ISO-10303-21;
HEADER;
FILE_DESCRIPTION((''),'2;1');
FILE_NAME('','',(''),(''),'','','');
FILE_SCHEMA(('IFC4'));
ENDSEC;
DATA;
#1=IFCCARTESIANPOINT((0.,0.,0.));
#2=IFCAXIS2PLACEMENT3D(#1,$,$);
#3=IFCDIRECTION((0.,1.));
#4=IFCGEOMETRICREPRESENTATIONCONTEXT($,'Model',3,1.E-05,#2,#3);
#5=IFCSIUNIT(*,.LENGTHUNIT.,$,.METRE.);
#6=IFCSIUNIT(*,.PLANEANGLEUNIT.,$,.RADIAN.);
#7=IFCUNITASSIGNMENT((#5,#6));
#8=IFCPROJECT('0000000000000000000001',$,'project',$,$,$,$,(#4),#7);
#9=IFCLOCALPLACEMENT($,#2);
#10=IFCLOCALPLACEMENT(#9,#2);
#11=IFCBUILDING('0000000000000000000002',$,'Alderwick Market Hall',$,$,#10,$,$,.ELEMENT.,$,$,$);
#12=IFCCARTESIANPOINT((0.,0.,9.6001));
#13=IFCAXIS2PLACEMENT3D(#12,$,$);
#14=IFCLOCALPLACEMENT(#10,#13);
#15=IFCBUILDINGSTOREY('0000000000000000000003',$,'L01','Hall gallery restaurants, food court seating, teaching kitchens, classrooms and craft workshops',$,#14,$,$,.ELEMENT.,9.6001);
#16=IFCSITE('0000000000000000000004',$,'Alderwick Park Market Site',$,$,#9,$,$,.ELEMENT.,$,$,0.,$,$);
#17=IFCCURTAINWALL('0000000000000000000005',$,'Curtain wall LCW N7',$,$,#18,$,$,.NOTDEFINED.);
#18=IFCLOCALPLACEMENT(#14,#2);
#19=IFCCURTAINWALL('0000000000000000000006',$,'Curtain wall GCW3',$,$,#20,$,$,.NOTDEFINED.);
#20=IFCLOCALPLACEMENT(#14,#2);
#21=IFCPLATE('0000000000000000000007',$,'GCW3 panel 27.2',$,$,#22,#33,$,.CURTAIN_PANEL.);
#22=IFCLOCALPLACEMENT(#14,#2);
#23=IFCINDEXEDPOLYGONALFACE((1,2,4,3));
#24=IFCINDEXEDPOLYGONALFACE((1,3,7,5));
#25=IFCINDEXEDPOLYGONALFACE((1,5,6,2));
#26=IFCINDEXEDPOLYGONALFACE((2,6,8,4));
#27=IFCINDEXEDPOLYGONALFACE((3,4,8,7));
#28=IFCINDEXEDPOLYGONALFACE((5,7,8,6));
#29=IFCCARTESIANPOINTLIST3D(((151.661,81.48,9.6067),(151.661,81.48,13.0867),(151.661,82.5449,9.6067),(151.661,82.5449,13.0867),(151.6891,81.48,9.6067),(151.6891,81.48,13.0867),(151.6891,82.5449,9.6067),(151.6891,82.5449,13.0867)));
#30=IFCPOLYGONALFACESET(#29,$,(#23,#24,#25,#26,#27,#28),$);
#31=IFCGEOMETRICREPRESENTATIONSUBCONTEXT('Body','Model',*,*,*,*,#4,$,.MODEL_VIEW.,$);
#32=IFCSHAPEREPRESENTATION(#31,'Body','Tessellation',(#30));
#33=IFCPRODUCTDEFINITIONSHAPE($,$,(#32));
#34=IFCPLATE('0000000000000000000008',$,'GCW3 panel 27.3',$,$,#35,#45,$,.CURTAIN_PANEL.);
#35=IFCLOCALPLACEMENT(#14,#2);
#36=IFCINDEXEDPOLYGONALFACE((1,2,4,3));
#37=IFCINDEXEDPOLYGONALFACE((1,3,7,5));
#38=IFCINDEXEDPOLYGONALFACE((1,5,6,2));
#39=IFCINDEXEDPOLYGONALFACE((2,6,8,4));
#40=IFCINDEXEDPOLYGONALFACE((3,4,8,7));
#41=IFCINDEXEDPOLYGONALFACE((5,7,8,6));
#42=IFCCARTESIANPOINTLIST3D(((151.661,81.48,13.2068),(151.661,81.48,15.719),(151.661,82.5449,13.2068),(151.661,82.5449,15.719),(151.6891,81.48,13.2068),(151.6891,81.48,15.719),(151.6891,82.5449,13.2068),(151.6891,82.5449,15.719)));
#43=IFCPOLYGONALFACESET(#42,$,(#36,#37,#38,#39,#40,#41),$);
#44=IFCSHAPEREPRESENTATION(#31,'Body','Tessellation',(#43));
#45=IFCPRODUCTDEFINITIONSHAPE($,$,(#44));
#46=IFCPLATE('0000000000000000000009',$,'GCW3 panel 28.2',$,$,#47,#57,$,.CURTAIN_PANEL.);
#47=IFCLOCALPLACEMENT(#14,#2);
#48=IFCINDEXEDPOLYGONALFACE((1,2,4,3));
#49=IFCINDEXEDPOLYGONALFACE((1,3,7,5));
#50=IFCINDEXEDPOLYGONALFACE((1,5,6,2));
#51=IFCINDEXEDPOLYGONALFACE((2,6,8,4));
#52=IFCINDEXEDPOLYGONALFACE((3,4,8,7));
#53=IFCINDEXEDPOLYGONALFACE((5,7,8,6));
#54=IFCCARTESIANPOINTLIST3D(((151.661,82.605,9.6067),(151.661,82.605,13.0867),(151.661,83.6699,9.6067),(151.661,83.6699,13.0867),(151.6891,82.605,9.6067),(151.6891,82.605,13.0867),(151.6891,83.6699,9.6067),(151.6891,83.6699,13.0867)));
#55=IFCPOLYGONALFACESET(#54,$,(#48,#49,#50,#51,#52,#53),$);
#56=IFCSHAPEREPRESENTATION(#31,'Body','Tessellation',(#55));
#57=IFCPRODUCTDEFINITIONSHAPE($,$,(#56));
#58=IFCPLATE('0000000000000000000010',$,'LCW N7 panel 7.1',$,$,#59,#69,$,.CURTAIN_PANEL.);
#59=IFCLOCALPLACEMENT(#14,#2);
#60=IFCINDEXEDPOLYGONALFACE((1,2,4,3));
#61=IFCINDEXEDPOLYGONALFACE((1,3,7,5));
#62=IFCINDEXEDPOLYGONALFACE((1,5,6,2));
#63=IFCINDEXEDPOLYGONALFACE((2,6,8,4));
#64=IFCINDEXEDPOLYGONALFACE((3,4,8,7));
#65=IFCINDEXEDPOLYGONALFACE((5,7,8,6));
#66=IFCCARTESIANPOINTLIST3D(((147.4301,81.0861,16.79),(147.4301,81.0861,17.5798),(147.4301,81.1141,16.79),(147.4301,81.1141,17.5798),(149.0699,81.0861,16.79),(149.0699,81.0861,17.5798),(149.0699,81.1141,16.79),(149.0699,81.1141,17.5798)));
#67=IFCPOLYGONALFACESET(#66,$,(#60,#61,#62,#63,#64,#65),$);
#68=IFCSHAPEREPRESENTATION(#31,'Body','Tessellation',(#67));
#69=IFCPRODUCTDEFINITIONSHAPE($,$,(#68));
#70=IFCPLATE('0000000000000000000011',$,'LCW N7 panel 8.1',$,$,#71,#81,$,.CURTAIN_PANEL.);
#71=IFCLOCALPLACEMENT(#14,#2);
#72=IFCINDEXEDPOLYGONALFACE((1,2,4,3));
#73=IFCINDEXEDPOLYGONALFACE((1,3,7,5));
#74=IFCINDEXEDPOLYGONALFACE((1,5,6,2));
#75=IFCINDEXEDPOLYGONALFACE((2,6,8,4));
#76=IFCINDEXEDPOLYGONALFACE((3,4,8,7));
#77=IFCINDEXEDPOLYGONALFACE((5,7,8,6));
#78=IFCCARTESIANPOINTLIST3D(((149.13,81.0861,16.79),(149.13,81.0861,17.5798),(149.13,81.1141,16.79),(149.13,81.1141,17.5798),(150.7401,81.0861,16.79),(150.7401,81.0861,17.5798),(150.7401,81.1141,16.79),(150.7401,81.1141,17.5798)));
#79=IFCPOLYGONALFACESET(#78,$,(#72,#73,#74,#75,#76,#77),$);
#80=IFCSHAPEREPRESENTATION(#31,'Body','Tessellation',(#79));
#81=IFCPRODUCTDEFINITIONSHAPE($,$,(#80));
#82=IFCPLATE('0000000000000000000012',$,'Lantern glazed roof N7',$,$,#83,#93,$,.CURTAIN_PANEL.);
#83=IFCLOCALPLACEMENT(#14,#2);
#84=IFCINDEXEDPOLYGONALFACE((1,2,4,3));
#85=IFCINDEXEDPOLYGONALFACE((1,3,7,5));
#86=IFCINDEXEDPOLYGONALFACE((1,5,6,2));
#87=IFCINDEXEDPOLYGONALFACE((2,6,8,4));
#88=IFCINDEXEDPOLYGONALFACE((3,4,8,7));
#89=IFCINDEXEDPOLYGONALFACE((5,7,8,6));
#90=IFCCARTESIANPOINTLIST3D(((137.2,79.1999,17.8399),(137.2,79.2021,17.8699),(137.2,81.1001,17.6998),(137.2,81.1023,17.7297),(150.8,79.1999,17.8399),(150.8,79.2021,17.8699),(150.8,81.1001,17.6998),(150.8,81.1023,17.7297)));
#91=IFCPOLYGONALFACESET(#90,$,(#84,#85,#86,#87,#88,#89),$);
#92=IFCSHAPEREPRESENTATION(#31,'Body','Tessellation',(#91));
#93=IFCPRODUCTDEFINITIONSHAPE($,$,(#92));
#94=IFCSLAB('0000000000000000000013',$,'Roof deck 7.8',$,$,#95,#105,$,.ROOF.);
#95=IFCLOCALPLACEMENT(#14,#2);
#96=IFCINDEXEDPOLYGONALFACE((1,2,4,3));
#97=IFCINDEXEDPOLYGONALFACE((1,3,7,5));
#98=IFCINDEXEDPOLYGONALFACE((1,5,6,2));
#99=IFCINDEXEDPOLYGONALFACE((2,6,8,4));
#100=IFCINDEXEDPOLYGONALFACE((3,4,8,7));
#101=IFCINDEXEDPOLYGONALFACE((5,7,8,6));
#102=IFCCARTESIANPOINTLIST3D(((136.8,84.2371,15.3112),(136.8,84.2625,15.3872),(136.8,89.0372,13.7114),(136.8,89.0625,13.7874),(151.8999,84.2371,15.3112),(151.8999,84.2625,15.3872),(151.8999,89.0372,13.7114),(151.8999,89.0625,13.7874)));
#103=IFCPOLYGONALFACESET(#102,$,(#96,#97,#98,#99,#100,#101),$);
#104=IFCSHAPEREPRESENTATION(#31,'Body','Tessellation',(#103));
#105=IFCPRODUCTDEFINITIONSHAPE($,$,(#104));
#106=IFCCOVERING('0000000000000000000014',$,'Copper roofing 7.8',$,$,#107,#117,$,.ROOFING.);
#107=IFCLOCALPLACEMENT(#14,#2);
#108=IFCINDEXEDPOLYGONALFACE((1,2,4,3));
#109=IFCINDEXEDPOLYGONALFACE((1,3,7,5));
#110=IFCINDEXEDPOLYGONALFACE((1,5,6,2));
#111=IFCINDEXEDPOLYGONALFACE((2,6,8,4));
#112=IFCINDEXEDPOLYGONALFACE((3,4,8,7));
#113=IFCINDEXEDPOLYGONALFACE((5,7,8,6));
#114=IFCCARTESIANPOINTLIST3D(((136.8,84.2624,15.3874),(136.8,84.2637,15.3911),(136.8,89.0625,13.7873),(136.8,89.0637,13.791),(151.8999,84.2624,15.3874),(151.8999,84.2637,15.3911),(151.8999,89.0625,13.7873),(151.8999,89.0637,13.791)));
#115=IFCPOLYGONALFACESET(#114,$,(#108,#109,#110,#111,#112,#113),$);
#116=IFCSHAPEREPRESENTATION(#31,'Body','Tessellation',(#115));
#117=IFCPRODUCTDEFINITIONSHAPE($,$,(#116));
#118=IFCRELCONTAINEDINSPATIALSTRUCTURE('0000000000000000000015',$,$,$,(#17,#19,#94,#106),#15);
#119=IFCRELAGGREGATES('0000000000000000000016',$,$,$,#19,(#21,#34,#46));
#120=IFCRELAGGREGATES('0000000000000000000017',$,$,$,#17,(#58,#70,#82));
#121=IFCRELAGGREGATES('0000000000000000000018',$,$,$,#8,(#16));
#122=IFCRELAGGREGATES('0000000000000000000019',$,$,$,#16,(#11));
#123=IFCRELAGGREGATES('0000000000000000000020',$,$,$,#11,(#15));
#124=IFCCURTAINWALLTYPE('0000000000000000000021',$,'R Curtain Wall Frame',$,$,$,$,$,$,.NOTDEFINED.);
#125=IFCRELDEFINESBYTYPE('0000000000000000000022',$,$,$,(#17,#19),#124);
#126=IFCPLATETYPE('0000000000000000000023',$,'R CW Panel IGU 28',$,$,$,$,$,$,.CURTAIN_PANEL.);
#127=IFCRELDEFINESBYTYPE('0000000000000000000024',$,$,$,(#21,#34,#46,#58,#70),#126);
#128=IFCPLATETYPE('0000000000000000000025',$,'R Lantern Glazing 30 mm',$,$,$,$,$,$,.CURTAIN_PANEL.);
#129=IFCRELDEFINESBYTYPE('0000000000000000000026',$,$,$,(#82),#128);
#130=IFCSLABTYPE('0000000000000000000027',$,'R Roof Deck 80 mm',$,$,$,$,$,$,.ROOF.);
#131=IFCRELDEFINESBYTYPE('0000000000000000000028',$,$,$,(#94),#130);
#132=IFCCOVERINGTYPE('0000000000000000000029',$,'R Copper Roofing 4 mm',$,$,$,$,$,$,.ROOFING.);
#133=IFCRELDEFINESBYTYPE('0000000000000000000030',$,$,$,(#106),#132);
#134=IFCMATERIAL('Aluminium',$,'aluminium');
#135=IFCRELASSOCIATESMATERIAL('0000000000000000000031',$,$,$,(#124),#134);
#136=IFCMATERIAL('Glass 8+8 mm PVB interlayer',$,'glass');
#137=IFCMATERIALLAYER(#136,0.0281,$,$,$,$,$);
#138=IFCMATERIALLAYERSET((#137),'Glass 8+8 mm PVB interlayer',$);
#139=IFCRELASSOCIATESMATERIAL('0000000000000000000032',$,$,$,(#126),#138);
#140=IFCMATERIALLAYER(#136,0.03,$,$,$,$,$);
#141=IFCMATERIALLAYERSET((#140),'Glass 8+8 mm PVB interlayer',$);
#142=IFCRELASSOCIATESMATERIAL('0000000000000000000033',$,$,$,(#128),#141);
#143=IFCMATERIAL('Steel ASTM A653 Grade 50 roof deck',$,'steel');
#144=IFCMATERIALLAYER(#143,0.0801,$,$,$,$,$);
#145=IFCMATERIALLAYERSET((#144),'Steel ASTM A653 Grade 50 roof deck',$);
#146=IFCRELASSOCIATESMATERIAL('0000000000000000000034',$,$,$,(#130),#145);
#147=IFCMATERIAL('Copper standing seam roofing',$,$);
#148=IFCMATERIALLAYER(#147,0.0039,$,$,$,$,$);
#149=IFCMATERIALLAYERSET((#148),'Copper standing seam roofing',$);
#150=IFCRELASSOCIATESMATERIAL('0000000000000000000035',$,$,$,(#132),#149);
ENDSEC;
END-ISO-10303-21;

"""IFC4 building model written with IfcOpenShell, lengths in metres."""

from ifc_helpers import new_model, si_unit, direction, frame, origin, origin_2d, place, context, subcontext, project, spatial, polyline, rectangle, outline, extrude, material, layer, layer_set, type_object, element, aggregate, save


model = new_model("IFC4")

# Units and contexts
model_context = context("Model", 3, precision=1e-05, world=origin(), true_north=direction((0.0, 1.0)))
body_context = subcontext(model_context, "Body", "Model", "MODEL_VIEW")
ifc_project = project(units=[si_unit("LENGTHUNIT", "METRE"), si_unit("PLANEANGLEUNIT", "RADIAN")], contexts=[model_context])

# Site, building, storey
site_placement = place(None, origin())
site = spatial("IfcSite", under=ifc_project, at=site_placement, Name="Alderwick Park Market Site", CompositionType="ELEMENT", RefElevation=0.0)
building_placement = place(site_placement, origin())
building = spatial("IfcBuilding", under=site, at=building_placement, Name="Alderwick Market Hall", CompositionType="ELEMENT")
storey_placement = place(building_placement, frame((0.0, 0.0, 9.6001)))
storey = spatial("IfcBuildingStorey", under=building, at=storey_placement, Name="L01", Description="Hall gallery restaurants, food court seating, teaching kitchens, classrooms and craft workshops", CompositionType="ELEMENT", Elevation=9.6001)

# Curtain walls
ifc_material_1 = material(Name="Aluminium", Category="aluminium")
curtain_wall_type = type_object("IfcCurtainWallType", Name="R Curtain Wall Frame", PredefinedType="NOTDEFINED", material=ifc_material_1)
curtain_wall_1_placement = place(storey_placement, origin())
curtain_wall_1 = element("IfcCurtainWall", 1, at=curtain_wall_1_placement, inside=storey, type_object=curtain_wall_type, Name="Curtain wall LCW N7", PredefinedType="NOTDEFINED")
curtain_wall_2_placement = place(storey_placement, origin())
curtain_wall_2 = element("IfcCurtainWall", 2, at=curtain_wall_2_placement, inside=storey, type_object=curtain_wall_type, Name="Curtain wall GCW3", PredefinedType="NOTDEFINED")

# Plates
ifc_material_2 = material(Name="Glass 8+8 mm PVB interlayer", Category="glass")
ifc_layer_1 = layer(ifc_material_2, 0.0281)
ifc_layer_set_1 = layer_set([ifc_layer_1], Name="Glass 8+8 mm PVB interlayer")
plate_type_1 = type_object("IfcPlateType", Name="R CW Panel IGU 28", PredefinedType="CURTAIN_PANEL", material=ifc_layer_set_1)
plate_1_placement = place(storey_placement, frame((151.675, 82.0125, 9.6067), z_axis=(0.0, 0.0, 1.0), x_axis=(1.0, 0.0, 0.0)))
plate_1 = element("IfcPlate", 3, at=plate_1_placement, type_object=plate_type_1, Name="GCW3 panel 27.2", PredefinedType="CURTAIN_PANEL", context=body_context, shape_type="SweptSolid", body=[
    extrude(rectangle(XDim=0.0281, YDim=1.0649, at=origin_2d()), origin(), (0.0, 0.0, 1.0), 3.48),
])
plate_2_placement = place(storey_placement, frame((151.675, 82.0125, 13.2068), z_axis=(0.0, 0.0, 1.0), x_axis=(1.0, 0.0, 0.0)))
plate_2 = element("IfcPlate", 4, at=plate_2_placement, type_object=plate_type_1, Name="GCW3 panel 27.3", PredefinedType="CURTAIN_PANEL", context=body_context, shape_type="SweptSolid", body=[
    extrude(rectangle(XDim=0.0281, YDim=1.0649, at=origin_2d()), origin(), (0.0, 0.0, 1.0), 2.5122),
])
plate_3_placement = place(storey_placement, frame((151.675, 83.1375, 9.6067), z_axis=(0.0, 0.0, 1.0), x_axis=(1.0, 0.0, 0.0)))
plate_3 = element("IfcPlate", 5, at=plate_3_placement, type_object=plate_type_1, Name="GCW3 panel 28.2", PredefinedType="CURTAIN_PANEL", context=body_context, shape_type="SweptSolid", body=[
    extrude(rectangle(XDim=0.0281, YDim=1.0649, at=origin_2d()), origin(), (0.0, 0.0, 1.0), 3.48),
])
aggregate(curtain_wall_2, [plate_1, plate_2, plate_3])
plate_4_placement = place(storey_placement, frame((148.25, 81.1001, 16.79), z_axis=(0.0, 0.0, 1.0), x_axis=(1.0, 0.0, 0.0)))
plate_4 = element("IfcPlate", 6, at=plate_4_placement, type_object=plate_type_1, Name="LCW N7 panel 7.1", PredefinedType="CURTAIN_PANEL", context=body_context, shape_type="SweptSolid", body=[
    extrude(rectangle(XDim=1.6399, YDim=0.0281, at=origin_2d()), origin(), (0.0, 0.0, 1.0), 0.7898),
])
plate_5_placement = place(storey_placement, frame((149.9351, 81.1001, 16.79), z_axis=(0.0, 0.0, 1.0), x_axis=(1.0, 0.0, 0.0)))
plate_5 = element("IfcPlate", 7, at=plate_5_placement, type_object=plate_type_1, Name="LCW N7 panel 8.1", PredefinedType="CURTAIN_PANEL", context=body_context, shape_type="SweptSolid", body=[
    extrude(rectangle(XDim=1.6101, YDim=0.0281, at=origin_2d()), origin(), (0.0, 0.0, 1.0), 0.7898),
])
ifc_layer_2 = layer(ifc_material_2, 0.03)
ifc_layer_set_2 = layer_set([ifc_layer_2], Name="Glass 8+8 mm PVB interlayer")
plate_type_2 = type_object("IfcPlateType", Name="R Lantern Glazing 30 mm", PredefinedType="CURTAIN_PANEL", material=ifc_layer_set_2)
plate_6_placement = place(storey_placement, frame((137.2, 81.1023, 17.7297), z_axis=(0.0, 0.073551, 0.997291), x_axis=(1.0, 0.0, 0.0)))
plate_6 = element("IfcPlate", 8, at=plate_6_placement, type_object=plate_type_2, Name="Lantern glazed roof N7", PredefinedType="CURTAIN_PANEL", context=body_context, shape_type="SweptSolid", body=[
    extrude(outline(polyline([(0.0, 0.0), (13.6001, 0.0), (13.6001, -1.9053), (0.0, -1.9053), (0.0, 0.0)])), origin(), (0.0, 0.0, -1.0), 0.03),
])
aggregate(curtain_wall_1, [plate_4, plate_5, plate_6])

# Slab
ifc_material_3 = material(Name="Steel ASTM A653 Grade 50 roof deck", Category="steel")
ifc_layer_3 = layer(ifc_material_3, 0.0801)
ifc_layer_set_3 = layer_set([ifc_layer_3], Name="Steel ASTM A653 Grade 50 roof deck")
slab_type = type_object("IfcSlabType", Name="R Roof Deck 80 mm", PredefinedType="ROOF", material=ifc_layer_set_3)
slab_placement = place(storey_placement, frame((136.8, 84.2625, 15.3872), z_axis=(0.0, 0.316199, 0.948693), x_axis=(1.0, 0.0, 0.0)))
element("IfcSlab", 9, at=slab_placement, inside=storey, type_object=slab_type, Name="Roof deck 7.8", PredefinedType="ROOF", context=body_context, shape_type="SweptSolid", body=[
    extrude(outline(polyline([(0.0, 0.0), (15.0999, 0.0), (15.0999, 5.0596), (0.0, 5.0596), (0.0, 0.0)])), origin(), (0.0, 0.0, -1.0), 0.0801),
])

# Covering
ifc_material_4 = material(Name="Copper standing seam roofing")
ifc_layer_4 = layer(ifc_material_4, 0.0039)
ifc_layer_set_4 = layer_set([ifc_layer_4], Name="Copper standing seam roofing")
covering_type = type_object("IfcCoveringType", Name="R Copper Roofing 4 mm", PredefinedType="ROOFING", material=ifc_layer_set_4)
covering_placement = place(storey_placement, frame((136.8, 84.2637, 15.3911), z_axis=(0.0, 0.316242, 0.948678), x_axis=(1.0, 0.0, 0.0)))
element("IfcCovering", 10, at=covering_placement, inside=storey, type_object=covering_type, Name="Copper roofing 7.8", PredefinedType="ROOFING", context=body_context, shape_type="SweptSolid", body=[
    extrude(outline(polyline([(0.0, 0.0), (15.0999, 0.0), (15.0999, 5.0597), (0.0, 5.0597), (0.0, 0.0)])), origin(), (0.0, 0.0, -1.0), 0.0039),
])

save(model, "model.ifc")
